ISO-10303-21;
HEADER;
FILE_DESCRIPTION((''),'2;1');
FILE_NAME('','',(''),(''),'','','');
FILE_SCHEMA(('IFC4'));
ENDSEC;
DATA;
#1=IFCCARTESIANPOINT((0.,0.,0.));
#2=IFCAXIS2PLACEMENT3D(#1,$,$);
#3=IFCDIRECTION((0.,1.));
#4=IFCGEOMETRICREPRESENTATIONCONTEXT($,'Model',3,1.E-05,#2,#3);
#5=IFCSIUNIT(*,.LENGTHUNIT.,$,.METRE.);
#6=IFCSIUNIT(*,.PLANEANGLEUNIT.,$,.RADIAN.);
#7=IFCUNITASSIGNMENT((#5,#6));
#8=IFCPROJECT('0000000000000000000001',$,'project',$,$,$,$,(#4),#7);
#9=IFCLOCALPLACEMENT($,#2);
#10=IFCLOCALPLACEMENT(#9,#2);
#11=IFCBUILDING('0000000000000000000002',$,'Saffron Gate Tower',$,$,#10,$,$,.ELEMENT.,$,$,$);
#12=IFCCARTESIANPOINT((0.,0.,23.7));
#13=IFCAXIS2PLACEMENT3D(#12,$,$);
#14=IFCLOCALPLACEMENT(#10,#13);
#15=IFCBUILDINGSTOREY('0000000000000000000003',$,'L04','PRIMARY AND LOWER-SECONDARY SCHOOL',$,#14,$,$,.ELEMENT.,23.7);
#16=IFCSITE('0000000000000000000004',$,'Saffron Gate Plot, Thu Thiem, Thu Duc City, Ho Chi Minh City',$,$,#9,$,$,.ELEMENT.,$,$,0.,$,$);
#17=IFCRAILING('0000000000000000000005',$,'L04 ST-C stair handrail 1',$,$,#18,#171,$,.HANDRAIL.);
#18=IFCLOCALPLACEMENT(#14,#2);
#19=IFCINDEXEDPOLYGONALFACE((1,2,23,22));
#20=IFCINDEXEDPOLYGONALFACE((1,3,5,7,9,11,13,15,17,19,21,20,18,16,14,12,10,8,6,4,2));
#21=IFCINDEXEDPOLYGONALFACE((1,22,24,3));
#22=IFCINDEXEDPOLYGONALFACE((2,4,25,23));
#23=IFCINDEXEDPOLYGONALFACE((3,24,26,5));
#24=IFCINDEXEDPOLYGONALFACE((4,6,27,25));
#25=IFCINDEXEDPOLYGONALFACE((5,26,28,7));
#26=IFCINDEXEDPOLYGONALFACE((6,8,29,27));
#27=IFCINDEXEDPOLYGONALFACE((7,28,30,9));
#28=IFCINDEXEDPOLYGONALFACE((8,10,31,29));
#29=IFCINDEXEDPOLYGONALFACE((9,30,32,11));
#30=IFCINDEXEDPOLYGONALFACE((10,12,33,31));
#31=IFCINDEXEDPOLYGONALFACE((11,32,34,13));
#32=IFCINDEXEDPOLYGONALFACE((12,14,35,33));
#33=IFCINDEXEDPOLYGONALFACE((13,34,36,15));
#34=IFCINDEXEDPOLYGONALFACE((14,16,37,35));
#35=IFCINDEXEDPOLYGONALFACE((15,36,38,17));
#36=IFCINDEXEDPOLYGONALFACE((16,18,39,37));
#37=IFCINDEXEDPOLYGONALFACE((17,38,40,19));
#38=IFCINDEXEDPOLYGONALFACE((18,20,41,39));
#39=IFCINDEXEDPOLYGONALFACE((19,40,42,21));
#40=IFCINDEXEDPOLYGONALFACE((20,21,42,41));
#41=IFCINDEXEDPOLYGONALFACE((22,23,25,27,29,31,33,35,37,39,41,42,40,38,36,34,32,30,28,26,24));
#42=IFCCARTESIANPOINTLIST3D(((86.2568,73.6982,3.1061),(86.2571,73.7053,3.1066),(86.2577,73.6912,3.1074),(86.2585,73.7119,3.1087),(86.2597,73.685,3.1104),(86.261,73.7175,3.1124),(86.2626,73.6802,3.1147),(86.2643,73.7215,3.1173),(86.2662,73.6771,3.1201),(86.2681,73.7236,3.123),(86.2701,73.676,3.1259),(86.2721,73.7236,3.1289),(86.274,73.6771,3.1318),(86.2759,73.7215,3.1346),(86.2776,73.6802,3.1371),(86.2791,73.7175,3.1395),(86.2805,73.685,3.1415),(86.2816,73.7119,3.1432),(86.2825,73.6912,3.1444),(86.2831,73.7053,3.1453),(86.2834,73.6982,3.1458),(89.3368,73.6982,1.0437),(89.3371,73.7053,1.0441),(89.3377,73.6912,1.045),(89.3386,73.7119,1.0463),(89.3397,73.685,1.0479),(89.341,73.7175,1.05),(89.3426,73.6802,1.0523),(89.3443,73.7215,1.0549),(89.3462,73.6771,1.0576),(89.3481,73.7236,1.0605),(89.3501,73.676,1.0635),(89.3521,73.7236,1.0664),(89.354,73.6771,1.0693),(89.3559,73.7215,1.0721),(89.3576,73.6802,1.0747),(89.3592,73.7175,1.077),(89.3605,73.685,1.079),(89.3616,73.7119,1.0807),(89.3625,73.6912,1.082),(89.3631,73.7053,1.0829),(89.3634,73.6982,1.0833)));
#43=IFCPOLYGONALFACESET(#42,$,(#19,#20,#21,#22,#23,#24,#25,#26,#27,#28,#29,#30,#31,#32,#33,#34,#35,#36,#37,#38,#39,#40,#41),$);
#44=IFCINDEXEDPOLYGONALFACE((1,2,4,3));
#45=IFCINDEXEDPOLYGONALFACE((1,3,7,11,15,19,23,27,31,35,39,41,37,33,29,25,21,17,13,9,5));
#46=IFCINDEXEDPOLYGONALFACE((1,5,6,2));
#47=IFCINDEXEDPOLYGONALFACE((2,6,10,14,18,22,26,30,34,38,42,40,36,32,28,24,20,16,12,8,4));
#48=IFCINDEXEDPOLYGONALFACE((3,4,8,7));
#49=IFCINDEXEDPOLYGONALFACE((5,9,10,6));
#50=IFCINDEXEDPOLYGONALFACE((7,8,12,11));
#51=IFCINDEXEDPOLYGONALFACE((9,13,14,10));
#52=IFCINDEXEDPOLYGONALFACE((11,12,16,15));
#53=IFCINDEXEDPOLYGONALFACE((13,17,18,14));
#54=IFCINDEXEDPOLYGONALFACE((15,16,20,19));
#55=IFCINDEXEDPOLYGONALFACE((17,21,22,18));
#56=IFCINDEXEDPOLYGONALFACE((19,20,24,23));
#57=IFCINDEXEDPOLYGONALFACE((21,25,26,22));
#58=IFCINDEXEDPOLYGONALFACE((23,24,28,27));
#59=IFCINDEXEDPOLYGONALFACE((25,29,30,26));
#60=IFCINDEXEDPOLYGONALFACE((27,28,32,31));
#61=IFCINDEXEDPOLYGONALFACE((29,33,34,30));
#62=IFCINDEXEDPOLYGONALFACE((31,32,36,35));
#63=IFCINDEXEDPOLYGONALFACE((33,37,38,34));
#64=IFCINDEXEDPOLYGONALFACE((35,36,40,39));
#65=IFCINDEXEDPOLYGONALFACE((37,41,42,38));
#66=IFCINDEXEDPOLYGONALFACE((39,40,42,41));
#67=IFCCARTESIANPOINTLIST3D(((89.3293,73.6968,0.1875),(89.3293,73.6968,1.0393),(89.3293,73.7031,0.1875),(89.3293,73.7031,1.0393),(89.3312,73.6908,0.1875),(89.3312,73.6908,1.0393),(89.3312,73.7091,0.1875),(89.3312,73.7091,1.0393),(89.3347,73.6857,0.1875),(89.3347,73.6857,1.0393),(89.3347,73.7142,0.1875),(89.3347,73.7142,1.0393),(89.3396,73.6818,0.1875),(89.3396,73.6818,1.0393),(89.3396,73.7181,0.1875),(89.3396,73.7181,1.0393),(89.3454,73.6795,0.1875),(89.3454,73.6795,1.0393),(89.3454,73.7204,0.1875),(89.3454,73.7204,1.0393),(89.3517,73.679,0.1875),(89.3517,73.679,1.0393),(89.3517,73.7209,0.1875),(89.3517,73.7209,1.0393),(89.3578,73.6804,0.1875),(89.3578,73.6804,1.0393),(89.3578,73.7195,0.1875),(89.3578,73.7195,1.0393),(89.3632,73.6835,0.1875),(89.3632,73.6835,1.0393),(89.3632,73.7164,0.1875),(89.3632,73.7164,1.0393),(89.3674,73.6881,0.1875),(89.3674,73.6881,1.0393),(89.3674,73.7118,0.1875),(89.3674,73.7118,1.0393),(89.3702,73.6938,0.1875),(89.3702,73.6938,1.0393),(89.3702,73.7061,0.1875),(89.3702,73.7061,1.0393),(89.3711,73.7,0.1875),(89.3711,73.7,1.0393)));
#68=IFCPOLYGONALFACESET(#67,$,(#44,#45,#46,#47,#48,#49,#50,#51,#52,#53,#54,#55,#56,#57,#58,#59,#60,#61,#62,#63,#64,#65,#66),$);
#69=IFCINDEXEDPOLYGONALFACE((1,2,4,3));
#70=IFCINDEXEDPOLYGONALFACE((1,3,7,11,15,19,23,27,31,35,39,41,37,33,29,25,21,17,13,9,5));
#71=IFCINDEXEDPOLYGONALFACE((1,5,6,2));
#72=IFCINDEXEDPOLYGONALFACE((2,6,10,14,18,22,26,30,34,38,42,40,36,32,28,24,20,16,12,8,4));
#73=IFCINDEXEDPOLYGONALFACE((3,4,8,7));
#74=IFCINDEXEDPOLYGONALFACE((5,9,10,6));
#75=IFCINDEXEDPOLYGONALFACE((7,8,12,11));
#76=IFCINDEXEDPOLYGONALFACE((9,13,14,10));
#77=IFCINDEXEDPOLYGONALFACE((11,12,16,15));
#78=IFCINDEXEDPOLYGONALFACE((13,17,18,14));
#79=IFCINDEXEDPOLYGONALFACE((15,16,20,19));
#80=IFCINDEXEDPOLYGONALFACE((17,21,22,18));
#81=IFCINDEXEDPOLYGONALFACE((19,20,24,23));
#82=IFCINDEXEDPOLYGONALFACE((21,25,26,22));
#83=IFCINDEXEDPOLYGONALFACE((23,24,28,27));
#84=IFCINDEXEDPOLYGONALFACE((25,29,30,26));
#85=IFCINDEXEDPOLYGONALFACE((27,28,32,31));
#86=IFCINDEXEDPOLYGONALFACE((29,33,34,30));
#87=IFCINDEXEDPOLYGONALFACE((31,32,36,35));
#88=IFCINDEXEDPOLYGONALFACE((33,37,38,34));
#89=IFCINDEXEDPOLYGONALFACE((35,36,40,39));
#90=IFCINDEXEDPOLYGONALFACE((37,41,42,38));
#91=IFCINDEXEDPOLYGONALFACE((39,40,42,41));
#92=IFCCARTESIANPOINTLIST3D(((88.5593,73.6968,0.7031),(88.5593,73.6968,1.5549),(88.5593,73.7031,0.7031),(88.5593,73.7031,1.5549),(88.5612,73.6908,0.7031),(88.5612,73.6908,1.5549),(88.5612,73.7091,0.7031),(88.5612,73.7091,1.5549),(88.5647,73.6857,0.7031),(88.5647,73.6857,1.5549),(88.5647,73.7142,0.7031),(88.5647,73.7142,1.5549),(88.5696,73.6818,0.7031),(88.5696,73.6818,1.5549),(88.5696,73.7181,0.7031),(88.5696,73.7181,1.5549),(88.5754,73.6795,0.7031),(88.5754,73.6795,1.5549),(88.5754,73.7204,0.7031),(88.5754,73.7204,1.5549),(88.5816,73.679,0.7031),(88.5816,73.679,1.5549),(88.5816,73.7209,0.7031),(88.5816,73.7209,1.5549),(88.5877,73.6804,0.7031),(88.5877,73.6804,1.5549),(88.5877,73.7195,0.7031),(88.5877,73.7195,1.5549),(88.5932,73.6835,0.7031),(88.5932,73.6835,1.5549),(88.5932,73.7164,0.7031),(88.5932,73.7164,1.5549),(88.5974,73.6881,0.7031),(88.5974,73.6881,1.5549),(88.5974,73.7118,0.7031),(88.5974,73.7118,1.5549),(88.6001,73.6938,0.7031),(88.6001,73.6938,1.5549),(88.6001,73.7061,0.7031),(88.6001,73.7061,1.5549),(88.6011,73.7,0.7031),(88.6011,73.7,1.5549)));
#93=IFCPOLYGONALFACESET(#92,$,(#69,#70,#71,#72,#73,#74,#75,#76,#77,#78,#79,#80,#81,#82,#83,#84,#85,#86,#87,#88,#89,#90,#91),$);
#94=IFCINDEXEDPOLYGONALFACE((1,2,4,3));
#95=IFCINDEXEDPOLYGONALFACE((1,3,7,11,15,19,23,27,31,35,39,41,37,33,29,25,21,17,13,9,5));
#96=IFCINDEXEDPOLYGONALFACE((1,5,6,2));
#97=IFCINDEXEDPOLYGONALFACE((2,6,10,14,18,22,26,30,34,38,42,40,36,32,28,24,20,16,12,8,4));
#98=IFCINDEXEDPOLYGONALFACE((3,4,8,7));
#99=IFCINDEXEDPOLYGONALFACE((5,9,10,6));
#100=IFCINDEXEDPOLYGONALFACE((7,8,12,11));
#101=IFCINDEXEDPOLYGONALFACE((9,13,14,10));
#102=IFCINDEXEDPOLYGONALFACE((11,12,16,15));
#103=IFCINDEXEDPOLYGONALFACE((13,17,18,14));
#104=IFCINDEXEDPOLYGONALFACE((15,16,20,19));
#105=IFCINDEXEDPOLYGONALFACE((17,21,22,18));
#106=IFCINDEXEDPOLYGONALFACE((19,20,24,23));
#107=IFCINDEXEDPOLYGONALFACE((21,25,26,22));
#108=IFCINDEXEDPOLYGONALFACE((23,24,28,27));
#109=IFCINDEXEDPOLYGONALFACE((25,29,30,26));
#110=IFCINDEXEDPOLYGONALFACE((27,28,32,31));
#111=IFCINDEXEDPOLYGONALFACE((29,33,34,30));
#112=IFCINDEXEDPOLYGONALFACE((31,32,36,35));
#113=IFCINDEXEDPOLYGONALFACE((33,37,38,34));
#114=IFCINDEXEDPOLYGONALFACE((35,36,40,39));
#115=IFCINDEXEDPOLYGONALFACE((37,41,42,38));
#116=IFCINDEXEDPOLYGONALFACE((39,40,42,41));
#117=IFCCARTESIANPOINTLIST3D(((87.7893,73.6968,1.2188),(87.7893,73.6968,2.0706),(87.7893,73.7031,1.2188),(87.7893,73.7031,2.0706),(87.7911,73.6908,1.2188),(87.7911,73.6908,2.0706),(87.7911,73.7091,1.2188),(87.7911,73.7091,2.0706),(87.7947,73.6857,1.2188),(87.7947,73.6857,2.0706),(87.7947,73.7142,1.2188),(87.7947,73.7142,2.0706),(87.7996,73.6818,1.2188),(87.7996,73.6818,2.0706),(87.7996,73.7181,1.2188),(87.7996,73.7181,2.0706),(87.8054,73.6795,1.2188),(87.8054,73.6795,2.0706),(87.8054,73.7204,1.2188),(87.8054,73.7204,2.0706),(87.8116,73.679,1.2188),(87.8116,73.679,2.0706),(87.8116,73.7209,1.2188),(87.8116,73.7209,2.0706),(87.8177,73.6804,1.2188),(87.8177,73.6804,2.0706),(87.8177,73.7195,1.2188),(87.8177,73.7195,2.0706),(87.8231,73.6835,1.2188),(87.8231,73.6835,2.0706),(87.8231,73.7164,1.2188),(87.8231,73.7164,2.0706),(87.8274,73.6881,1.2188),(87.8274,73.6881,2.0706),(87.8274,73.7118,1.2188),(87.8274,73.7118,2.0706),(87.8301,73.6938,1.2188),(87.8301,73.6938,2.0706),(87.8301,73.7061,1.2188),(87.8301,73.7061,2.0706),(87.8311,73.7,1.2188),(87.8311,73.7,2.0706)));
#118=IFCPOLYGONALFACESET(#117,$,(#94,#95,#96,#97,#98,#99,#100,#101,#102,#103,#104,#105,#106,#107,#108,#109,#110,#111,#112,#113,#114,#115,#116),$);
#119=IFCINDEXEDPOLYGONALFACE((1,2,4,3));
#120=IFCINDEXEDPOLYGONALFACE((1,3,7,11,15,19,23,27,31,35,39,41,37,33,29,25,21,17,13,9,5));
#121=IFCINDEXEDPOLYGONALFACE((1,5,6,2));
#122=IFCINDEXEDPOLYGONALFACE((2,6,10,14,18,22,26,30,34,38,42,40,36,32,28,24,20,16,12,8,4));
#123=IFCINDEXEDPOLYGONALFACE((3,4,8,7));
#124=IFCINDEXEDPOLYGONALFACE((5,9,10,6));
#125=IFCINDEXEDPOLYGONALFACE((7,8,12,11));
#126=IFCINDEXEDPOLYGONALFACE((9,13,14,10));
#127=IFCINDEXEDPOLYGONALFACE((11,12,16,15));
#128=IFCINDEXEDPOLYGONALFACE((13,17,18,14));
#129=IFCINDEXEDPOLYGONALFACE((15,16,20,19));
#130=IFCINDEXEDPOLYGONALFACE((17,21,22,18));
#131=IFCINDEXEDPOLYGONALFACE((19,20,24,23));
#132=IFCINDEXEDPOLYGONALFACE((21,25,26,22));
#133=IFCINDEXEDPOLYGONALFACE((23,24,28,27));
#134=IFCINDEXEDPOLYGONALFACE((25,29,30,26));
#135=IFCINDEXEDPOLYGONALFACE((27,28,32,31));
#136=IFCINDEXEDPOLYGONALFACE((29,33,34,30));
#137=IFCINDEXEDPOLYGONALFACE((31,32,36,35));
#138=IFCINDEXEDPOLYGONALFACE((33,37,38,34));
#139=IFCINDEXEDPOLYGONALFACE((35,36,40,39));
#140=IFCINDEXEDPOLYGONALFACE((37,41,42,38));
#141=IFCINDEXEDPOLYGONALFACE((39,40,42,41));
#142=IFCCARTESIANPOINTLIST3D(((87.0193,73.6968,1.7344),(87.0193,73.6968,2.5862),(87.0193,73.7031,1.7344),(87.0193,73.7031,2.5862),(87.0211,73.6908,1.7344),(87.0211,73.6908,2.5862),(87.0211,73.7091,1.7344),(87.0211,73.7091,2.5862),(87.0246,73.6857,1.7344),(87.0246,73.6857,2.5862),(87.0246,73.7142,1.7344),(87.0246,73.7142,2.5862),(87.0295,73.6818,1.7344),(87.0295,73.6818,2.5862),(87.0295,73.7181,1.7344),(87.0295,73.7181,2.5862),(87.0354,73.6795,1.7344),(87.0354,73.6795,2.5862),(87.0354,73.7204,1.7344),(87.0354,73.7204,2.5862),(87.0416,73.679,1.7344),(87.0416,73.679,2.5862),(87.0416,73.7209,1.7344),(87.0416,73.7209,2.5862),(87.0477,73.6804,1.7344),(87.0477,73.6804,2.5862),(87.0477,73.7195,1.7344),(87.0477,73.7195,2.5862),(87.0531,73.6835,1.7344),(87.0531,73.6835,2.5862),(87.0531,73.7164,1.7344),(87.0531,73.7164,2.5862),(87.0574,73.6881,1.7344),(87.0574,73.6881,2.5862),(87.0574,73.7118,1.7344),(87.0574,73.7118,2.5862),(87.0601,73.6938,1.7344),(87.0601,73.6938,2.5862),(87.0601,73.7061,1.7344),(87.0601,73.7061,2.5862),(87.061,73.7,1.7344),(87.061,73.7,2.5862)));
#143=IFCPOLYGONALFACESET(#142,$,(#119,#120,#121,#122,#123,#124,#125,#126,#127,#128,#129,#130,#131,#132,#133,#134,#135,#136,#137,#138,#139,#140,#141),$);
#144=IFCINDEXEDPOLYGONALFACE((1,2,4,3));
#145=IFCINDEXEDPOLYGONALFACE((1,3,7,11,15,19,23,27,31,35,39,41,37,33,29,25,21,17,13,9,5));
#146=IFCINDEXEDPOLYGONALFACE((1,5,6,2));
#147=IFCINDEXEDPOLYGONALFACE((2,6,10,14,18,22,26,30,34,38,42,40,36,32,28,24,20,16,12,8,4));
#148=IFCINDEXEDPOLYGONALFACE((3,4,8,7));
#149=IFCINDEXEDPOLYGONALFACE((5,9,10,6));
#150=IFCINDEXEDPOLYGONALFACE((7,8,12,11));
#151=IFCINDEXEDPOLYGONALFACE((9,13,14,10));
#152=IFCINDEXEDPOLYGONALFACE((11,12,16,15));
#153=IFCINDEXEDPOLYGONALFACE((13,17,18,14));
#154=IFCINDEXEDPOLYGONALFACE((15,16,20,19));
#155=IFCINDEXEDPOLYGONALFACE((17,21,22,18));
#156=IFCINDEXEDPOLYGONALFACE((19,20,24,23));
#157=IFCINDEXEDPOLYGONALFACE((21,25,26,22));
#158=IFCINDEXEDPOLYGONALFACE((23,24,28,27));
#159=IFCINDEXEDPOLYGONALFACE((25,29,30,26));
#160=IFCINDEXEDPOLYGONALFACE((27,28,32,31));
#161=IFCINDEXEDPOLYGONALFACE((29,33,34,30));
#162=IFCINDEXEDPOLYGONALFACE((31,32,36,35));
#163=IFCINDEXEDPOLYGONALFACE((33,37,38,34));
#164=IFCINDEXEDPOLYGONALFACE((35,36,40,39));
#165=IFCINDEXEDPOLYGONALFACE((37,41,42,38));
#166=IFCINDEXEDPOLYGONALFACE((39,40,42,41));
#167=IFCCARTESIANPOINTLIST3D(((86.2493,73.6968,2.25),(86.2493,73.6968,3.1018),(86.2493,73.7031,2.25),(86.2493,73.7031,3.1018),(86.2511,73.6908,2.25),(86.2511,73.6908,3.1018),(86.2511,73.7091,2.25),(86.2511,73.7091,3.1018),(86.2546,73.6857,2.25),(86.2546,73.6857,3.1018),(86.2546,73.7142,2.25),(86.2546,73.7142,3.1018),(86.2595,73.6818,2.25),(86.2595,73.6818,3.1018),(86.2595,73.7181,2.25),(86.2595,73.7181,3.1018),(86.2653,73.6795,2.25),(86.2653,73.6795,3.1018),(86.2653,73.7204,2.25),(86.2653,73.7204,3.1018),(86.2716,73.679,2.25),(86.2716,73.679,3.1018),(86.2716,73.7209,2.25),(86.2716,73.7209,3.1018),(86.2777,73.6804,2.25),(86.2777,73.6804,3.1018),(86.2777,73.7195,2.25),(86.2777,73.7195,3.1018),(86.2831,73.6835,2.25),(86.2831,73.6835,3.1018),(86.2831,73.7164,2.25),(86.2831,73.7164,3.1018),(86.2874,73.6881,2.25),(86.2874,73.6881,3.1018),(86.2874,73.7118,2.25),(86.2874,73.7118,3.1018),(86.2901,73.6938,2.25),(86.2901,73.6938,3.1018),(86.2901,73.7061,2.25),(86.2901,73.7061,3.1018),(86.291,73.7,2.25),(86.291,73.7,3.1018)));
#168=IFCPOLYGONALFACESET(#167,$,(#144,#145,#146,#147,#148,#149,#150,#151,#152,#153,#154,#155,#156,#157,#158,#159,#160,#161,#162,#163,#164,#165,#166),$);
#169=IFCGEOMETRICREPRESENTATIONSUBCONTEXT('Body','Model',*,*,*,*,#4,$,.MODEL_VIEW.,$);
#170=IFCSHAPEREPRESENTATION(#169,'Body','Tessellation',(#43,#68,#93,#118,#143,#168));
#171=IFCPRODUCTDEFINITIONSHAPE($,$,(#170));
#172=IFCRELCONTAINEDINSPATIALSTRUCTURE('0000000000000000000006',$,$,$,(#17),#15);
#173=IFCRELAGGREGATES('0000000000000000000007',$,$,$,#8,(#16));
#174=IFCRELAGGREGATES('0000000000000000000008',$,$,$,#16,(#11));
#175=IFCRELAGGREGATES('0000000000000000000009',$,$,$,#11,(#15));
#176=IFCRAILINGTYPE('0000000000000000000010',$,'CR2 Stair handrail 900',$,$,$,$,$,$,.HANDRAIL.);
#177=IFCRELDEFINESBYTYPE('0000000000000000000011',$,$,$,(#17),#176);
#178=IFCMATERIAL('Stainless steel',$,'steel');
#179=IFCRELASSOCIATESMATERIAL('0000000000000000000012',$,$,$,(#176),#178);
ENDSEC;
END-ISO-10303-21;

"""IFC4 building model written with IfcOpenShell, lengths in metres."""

from ifc_helpers import new_model, si_unit, direction, frame, origin, origin_2d, place, context, subcontext, project, spatial, circle, extrude, material, type_object, element, save


model = new_model("IFC4")

# Units and contexts
model_context = context("Model", 3, precision=1e-05, world=origin(), true_north=direction((0.0, 1.0)))
body_context = subcontext(model_context, "Body", "Model", "MODEL_VIEW")
ifc_project = project(units=[si_unit("LENGTHUNIT", "METRE"), si_unit("PLANEANGLEUNIT", "RADIAN")], contexts=[model_context])

# Site, building, storey
site_placement = place(None, origin())
site = spatial("IfcSite", under=ifc_project, at=site_placement, Name="Saffron Gate Plot, Thu Thiem, Thu Duc City, Ho Chi Minh City", CompositionType="ELEMENT", RefElevation=0.0)
building_placement = place(site_placement, origin())
building = spatial("IfcBuilding", under=site, at=building_placement, Name="Saffron Gate Tower", CompositionType="ELEMENT")
storey_placement = place(building_placement, frame((0.0, 0.0, 23.7)))
storey = spatial("IfcBuildingStorey", under=building, at=storey_placement, Name="L04", Description="PRIMARY AND LOWER-SECONDARY SCHOOL", CompositionType="ELEMENT", Elevation=23.7)

# Railing
ifc_material_1 = material(Name="Stainless steel", Category="steel")
railing_type_1 = type_object("IfcRailingType", Name="CR2 Stair handrail 900", PredefinedType="HANDRAIL", material=ifc_material_1)
railing_1_placement = place(storey_placement, frame((89.3501, 73.7, 0.1875)))
element("IfcRailing", 1, at=railing_1_placement, inside=storey, type_object=railing_type_1, Name="L04 ST-C stair handrail 1", PredefinedType="HANDRAIL", context=body_context, shape_type="SweptSolid", body=[
    extrude(circle(Radius=0.0239, at=origin_2d()), frame((0.0, 0.0, 0.876), z_axis=(-0.830914, 0.0, 0.556401), x_axis=(0.0, -1.0, 0.0)), (0.0, 0.0, 1.0), 3.7068),
    extrude(circle(Radius=0.021, at=origin_2d()), origin(), (0.0, 0.0, 1.0), 0.8518),
    extrude(circle(Radius=0.021, at=origin_2d()), frame((-0.77, 0.0, 0.5156)), (0.0, 0.0, 1.0), 0.8518),
    extrude(circle(Radius=0.021, at=origin_2d()), frame((-1.54, 0.0, 1.0312)), (0.0, 0.0, 1.0), 0.8518),
    extrude(circle(Radius=0.021, at=origin_2d()), frame((-2.3101, 0.0, 1.5469)), (0.0, 0.0, 1.0), 0.8518),
    extrude(circle(Radius=0.021, at=origin_2d()), frame((-3.0801, 0.0, 2.0625)), (0.0, 0.0, 1.0), 0.8518),
])

save(model, "model.ifc")
